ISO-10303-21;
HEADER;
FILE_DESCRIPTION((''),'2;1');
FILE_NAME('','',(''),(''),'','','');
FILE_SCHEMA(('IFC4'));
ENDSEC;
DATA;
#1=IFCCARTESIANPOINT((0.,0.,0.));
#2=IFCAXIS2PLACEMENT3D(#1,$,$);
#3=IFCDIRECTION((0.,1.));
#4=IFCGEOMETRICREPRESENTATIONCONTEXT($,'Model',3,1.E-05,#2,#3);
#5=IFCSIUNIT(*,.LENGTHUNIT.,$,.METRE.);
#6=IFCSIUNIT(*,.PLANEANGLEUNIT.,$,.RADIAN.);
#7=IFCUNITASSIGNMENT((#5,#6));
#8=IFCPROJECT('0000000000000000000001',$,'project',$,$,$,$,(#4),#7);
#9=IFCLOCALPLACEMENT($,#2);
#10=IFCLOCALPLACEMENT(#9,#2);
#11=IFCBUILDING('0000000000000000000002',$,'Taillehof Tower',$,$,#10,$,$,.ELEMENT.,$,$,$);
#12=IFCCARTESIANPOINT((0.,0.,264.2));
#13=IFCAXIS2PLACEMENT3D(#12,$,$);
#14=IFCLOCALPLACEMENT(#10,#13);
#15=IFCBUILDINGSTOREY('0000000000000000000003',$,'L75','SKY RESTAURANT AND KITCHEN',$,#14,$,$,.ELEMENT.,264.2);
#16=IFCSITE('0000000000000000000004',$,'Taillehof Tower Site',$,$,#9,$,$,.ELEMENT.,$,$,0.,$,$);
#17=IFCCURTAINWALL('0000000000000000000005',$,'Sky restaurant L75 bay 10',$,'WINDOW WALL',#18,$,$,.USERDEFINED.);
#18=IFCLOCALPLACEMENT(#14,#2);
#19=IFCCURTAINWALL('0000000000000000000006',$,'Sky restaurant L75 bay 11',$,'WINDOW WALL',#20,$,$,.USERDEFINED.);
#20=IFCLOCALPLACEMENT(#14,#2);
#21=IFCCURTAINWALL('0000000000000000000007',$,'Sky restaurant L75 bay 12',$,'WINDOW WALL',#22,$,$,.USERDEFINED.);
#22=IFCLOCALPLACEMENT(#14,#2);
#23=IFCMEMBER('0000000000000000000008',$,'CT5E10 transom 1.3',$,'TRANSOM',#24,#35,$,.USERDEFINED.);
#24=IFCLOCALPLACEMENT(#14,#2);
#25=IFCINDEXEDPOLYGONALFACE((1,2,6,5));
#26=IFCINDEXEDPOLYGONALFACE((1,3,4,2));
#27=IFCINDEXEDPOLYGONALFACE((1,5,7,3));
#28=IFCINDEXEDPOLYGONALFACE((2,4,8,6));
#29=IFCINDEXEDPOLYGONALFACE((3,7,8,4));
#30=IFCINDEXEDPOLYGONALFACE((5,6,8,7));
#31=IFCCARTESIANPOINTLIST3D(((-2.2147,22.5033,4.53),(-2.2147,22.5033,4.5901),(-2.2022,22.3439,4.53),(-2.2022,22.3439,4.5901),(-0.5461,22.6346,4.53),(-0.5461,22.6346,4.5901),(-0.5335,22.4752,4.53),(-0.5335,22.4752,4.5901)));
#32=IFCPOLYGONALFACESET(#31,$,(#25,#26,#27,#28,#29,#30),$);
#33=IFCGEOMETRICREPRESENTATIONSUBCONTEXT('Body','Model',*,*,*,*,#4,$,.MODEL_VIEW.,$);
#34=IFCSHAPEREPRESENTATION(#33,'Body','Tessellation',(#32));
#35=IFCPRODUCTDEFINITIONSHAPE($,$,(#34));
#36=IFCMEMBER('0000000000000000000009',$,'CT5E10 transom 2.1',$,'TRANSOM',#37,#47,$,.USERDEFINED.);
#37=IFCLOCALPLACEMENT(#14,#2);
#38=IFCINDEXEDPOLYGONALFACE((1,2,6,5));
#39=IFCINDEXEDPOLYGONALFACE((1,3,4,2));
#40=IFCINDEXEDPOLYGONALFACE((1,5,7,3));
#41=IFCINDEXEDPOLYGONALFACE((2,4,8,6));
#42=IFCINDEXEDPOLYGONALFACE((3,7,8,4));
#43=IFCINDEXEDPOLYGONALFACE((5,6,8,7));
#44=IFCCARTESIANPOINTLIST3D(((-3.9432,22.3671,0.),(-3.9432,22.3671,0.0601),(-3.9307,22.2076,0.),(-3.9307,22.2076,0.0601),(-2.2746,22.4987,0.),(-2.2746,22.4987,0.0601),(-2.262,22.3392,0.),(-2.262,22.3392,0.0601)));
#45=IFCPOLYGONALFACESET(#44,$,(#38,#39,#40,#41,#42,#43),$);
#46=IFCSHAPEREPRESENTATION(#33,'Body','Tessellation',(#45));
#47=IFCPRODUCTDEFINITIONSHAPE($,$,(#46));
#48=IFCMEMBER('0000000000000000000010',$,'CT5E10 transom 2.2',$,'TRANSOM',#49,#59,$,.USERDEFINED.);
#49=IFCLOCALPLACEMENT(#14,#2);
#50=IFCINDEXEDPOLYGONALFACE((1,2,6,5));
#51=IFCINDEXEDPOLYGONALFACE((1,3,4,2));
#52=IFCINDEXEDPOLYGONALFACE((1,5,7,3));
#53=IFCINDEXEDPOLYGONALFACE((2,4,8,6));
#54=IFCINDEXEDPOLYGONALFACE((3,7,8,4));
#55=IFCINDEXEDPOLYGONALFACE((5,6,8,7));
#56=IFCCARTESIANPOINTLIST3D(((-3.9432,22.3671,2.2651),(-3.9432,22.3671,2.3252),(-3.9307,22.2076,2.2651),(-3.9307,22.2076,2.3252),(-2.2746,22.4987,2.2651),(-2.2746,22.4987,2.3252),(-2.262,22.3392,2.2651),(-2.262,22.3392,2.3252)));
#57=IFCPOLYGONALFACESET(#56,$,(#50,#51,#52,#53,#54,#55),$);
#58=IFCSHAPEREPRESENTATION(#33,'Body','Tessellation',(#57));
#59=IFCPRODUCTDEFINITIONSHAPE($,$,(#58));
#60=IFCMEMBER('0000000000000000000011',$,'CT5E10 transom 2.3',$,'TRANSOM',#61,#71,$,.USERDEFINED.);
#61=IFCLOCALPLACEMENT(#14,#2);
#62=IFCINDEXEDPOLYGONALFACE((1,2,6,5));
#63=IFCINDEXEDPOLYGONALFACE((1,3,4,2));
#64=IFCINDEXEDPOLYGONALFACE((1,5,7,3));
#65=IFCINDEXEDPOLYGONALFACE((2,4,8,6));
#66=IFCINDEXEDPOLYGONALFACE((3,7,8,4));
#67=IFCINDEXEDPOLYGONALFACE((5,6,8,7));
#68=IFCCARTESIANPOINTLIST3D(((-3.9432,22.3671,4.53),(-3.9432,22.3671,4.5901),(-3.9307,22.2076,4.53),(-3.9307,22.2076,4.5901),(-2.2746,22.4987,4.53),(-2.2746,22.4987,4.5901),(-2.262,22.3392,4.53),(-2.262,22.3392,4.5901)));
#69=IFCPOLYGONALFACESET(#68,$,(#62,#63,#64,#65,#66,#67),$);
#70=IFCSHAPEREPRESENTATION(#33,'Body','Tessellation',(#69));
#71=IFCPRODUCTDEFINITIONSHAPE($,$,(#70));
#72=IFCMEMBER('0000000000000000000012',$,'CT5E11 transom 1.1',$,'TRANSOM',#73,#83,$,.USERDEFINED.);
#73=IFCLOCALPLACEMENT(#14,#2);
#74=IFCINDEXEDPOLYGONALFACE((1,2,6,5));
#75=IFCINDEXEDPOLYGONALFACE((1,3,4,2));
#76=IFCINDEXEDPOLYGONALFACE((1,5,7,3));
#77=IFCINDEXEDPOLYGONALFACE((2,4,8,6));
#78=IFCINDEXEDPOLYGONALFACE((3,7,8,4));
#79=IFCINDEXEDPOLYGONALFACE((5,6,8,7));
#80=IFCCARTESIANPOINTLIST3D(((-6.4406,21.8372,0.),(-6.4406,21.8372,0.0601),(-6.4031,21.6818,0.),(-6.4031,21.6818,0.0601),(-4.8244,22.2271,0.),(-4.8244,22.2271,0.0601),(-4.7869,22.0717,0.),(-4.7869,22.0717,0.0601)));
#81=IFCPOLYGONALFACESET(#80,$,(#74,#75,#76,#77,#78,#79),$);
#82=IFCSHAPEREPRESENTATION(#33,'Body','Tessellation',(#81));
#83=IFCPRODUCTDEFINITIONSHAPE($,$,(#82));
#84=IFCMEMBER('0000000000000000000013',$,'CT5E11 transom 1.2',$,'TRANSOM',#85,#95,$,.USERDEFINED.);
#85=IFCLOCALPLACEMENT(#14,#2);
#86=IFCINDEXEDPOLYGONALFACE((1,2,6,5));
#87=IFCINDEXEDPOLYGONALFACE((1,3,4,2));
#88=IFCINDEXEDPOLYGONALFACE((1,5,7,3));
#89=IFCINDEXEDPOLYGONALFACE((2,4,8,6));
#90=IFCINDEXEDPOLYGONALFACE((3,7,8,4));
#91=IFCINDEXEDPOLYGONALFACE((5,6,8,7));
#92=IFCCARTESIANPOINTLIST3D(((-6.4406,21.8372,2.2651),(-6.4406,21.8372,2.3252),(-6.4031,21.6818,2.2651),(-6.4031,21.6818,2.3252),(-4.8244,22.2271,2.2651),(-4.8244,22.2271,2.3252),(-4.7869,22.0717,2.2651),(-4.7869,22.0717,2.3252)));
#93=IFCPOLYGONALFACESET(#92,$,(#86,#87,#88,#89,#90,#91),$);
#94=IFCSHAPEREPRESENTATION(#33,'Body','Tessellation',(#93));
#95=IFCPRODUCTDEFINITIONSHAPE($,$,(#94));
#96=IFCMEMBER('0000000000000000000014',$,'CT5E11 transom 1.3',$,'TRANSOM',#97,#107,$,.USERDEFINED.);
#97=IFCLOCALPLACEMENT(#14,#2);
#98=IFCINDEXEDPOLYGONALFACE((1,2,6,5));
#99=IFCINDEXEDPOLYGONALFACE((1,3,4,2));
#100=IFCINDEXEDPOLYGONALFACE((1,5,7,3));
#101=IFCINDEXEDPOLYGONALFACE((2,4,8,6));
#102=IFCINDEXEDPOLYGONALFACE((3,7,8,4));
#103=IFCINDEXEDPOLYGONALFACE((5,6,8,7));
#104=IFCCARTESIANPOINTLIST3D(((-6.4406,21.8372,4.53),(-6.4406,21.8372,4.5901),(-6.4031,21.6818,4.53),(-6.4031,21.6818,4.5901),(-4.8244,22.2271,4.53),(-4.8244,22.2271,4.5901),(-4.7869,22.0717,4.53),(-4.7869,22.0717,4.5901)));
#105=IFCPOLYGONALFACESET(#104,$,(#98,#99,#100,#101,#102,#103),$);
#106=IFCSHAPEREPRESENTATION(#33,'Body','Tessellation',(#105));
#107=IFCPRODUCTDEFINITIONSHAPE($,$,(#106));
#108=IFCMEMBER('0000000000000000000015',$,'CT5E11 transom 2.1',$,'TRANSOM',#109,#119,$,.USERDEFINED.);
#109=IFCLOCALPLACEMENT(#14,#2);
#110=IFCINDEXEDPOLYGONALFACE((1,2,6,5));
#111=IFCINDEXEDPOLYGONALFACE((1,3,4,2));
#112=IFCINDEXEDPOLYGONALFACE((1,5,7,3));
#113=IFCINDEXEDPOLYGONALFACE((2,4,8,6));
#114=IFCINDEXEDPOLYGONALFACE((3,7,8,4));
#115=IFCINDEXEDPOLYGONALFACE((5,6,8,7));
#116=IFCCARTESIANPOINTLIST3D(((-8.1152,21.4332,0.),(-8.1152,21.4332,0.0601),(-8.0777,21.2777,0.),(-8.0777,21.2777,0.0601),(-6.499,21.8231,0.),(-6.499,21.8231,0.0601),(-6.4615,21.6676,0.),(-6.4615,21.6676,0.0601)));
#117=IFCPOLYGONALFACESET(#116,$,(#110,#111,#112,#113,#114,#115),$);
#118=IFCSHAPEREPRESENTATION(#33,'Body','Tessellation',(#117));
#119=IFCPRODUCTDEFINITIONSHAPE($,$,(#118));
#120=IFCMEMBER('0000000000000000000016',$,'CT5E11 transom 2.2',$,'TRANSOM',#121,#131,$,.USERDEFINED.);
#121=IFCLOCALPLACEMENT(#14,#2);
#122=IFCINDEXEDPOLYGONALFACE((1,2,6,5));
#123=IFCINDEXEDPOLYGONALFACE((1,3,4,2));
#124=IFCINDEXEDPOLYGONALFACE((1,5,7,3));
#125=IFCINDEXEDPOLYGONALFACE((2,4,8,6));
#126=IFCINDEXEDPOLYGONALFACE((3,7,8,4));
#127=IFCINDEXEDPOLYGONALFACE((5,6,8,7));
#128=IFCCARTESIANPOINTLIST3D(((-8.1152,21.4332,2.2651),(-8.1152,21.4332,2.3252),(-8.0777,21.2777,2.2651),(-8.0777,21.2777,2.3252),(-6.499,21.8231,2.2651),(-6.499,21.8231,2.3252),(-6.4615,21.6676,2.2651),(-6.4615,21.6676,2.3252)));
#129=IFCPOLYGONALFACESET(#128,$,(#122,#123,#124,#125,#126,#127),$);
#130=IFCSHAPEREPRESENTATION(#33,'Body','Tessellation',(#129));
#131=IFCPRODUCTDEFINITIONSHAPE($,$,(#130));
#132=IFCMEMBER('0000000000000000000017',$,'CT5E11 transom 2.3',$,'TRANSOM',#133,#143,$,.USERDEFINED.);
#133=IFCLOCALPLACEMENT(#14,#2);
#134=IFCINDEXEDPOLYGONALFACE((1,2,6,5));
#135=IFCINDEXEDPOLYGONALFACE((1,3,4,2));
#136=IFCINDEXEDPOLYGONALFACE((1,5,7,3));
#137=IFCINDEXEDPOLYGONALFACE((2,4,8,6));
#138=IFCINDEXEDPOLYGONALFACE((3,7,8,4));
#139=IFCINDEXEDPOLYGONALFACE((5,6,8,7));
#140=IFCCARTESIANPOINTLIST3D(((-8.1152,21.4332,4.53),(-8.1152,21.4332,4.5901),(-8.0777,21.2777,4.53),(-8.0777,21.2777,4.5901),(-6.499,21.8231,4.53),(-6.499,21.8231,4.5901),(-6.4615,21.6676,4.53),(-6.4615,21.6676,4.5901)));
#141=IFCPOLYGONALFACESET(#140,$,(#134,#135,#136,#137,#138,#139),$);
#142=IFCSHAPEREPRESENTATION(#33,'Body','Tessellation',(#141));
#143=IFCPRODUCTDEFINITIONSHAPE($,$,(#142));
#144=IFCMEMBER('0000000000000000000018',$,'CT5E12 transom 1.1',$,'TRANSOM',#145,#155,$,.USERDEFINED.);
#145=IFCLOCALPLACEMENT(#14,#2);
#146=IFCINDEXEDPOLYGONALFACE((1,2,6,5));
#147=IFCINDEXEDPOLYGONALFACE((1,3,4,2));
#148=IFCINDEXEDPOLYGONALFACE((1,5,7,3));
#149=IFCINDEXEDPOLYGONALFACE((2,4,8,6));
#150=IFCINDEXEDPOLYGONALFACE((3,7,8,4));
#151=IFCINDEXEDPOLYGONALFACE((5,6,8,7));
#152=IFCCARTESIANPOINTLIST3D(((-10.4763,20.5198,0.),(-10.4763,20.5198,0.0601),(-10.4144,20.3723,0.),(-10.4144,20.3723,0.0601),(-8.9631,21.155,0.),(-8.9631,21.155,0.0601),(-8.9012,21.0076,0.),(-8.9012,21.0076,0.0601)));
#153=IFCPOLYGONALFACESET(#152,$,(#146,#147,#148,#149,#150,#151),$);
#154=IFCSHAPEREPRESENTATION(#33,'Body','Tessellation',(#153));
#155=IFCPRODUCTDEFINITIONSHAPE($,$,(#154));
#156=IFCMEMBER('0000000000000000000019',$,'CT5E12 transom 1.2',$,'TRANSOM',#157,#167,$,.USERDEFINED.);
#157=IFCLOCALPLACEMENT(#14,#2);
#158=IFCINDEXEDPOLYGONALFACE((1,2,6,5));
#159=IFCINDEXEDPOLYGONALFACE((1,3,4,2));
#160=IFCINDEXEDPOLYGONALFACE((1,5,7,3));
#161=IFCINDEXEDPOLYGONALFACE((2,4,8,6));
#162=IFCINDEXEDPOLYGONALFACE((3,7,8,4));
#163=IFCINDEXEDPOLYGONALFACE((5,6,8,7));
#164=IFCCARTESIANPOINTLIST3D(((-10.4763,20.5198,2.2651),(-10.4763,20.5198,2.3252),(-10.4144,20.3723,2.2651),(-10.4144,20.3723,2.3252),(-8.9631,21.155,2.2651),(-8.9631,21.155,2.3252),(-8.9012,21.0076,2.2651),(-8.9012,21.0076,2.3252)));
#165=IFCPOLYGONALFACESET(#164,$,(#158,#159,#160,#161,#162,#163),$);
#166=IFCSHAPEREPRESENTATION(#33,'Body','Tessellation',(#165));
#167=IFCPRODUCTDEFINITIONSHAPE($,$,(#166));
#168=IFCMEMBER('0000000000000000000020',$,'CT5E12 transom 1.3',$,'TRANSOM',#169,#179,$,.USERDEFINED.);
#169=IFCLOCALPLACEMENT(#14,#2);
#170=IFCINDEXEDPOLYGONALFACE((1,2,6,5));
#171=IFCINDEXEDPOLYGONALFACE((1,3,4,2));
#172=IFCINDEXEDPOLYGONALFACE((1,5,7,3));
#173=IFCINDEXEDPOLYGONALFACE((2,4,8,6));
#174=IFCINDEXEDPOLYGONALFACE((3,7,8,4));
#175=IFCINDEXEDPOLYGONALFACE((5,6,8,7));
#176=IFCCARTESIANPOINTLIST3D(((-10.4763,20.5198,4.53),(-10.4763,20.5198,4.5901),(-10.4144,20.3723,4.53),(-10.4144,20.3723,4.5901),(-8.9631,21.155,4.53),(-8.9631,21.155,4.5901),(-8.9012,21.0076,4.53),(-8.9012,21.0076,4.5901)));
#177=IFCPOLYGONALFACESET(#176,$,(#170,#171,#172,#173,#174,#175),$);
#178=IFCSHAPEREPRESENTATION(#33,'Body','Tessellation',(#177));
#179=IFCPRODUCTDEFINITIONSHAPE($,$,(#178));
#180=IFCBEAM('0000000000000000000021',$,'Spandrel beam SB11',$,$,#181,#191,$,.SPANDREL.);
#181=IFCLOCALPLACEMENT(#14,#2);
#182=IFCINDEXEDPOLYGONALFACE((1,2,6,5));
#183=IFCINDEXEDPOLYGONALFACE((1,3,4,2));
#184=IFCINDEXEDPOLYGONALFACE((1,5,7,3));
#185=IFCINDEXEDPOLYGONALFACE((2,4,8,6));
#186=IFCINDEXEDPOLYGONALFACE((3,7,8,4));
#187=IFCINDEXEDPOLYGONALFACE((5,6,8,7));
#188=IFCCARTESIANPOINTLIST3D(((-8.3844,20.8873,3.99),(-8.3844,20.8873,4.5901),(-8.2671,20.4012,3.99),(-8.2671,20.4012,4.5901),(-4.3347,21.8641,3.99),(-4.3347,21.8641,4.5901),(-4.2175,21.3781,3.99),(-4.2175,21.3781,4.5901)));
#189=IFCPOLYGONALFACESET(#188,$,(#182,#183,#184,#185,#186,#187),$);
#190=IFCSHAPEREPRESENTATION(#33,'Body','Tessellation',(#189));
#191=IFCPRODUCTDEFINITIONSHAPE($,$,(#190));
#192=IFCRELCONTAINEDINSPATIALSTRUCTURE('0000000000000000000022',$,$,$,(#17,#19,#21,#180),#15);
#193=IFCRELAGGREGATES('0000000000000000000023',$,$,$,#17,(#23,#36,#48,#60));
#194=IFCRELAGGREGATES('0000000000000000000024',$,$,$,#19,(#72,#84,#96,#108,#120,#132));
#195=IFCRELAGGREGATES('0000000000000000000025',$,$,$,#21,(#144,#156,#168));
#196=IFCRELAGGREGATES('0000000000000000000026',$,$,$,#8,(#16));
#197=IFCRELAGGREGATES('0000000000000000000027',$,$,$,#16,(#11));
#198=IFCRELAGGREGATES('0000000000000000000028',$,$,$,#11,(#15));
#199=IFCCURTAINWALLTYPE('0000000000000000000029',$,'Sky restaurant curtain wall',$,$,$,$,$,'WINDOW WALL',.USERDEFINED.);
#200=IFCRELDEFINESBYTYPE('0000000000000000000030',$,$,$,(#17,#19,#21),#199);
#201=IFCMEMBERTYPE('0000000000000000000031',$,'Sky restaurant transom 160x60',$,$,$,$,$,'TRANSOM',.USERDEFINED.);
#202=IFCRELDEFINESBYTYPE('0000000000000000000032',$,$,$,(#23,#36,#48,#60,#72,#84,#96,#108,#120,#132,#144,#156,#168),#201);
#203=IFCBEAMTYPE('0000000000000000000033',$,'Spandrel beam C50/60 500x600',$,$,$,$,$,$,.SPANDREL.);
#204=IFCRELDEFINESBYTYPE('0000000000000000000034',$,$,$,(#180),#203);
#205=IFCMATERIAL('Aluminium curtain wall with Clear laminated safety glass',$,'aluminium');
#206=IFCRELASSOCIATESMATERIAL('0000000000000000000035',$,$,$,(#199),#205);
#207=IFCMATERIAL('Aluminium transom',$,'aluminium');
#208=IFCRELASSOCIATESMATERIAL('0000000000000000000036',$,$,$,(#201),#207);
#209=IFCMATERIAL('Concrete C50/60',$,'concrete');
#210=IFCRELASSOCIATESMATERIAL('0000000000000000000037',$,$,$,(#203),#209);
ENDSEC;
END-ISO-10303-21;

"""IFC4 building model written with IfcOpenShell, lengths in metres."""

from ifc_helpers import new_model, si_unit, direction, frame, origin, origin_2d, place, context, subcontext, project, spatial, rectangle, extrude, material, material_profile, profile_set, type_object, element, aggregate, save


model = new_model("IFC4")

# Units and contexts
model_context = context("Model", 3, precision=1e-05, world=origin(), true_north=direction((0.0, 1.0)))
body_context = subcontext(model_context, "Body", "Model", "MODEL_VIEW")
ifc_project = project(units=[si_unit("LENGTHUNIT", "METRE"), si_unit("PLANEANGLEUNIT", "RADIAN")], contexts=[model_context])

# Site, building, storey
site_placement = place(None, origin())
site = spatial("IfcSite", under=ifc_project, at=site_placement, Name="Taillehof Tower Site", CompositionType="ELEMENT", RefElevation=0.0)
building_placement = place(site_placement, origin())
building = spatial("IfcBuilding", under=site, at=building_placement, Name="Taillehof Tower", CompositionType="ELEMENT")
storey_placement = place(building_placement, frame((0.0, 0.0, 264.2)))
storey = spatial("IfcBuildingStorey", under=building, at=storey_placement, Name="L75", Description="SKY RESTAURANT AND KITCHEN", CompositionType="ELEMENT", Elevation=264.2)

# Curtain walls
ifc_material_1 = material(Name="Aluminium curtain wall with Clear laminated safety glass", Category="aluminium")
curtain_wall_type = type_object("IfcCurtainWallType", Name="Sky restaurant curtain wall", ElementType="WINDOW WALL", PredefinedType="USERDEFINED", material=ifc_material_1)
curtain_wall_1_placement = place(storey_placement, origin())
curtain_wall_1 = element("IfcCurtainWall", 1, at=curtain_wall_1_placement, inside=storey, type_object=curtain_wall_type, Name="Sky restaurant L75 bay 10", ObjectType="WINDOW WALL", PredefinedType="USERDEFINED")
curtain_wall_2_placement = place(storey_placement, origin())
curtain_wall_2 = element("IfcCurtainWall", 2, at=curtain_wall_2_placement, inside=storey, type_object=curtain_wall_type, Name="Sky restaurant L75 bay 11", ObjectType="WINDOW WALL", PredefinedType="USERDEFINED")
curtain_wall_3_placement = place(storey_placement, origin())
curtain_wall_3 = element("IfcCurtainWall", 3, at=curtain_wall_3_placement, inside=storey, type_object=curtain_wall_type, Name="Sky restaurant L75 bay 12", ObjectType="WINDOW WALL", PredefinedType="USERDEFINED")

# Members
ifc_material_2 = material(Name="Aluminium transom", Category="aluminium")
ifc_material_profile_1 = material_profile(ifc_material_2, rectangle(XDim=0.1599, YDim=0.0601, at=origin_2d()), Name="AL 160x60")
ifc_profile_set_1 = profile_set([ifc_material_profile_1], Name="Aluminium transom")
member_type_1 = type_object("IfcMemberType", Name="Sky restaurant transom 160x60", ElementType="TRANSOM", PredefinedType="USERDEFINED", material=ifc_profile_set_1)
member_1_placement = place(storey_placement, frame((-0.5398, 22.5549, 4.5601), z_axis=(-0.996916, -0.07847, 0.0), x_axis=(0.07847, -0.996916, 0.0)))
member_1 = element("IfcMember", 4, at=member_1_placement, type_object=member_type_1, Name="CT5E10 transom 1.3", ObjectType="TRANSOM", PredefinedType="USERDEFINED", context=body_context, shape_type="SweptSolid", body=[
    extrude(rectangle(XDim=0.1599, YDim=0.0601, at=origin_2d()), origin(), (0.0, 0.0, 1.0), 1.6738),
])
member_2_placement = place(storey_placement, frame((-2.2683, 22.4189, 0.03), z_axis=(-0.996905, -0.078615, 0.0), x_axis=(0.078615, -0.996905, 0.0)))
member_2 = element("IfcMember", 5, at=member_2_placement, type_object=member_type_1, Name="CT5E10 transom 2.1", ObjectType="TRANSOM", PredefinedType="USERDEFINED", context=body_context, shape_type="SweptSolid", body=[
    extrude(rectangle(XDim=0.1599, YDim=0.0601, at=origin_2d()), origin(), (0.0, 0.0, 1.0), 1.6738),
])
member_3_placement = place(storey_placement, frame((-2.2683, 22.4189, 2.2952), z_axis=(-0.996905, -0.078615, 0.0), x_axis=(0.078615, -0.996905, 0.0)))
member_3 = element("IfcMember", 6, at=member_3_placement, type_object=member_type_1, Name="CT5E10 transom 2.2", ObjectType="TRANSOM", PredefinedType="USERDEFINED", context=body_context, shape_type="SweptSolid", body=[
    extrude(rectangle(XDim=0.1599, YDim=0.0601, at=origin_2d()), origin(), (0.0, 0.0, 1.0), 1.6738),
])
member_4_placement = place(storey_placement, frame((-2.2683, 22.4189, 4.5601), z_axis=(-0.996905, -0.078615, 0.0), x_axis=(0.078615, -0.996905, 0.0)))
member_4 = element("IfcMember", 7, at=member_4_placement, type_object=member_type_1, Name="CT5E10 transom 2.3", ObjectType="TRANSOM", PredefinedType="USERDEFINED", context=body_context, shape_type="SweptSolid", body=[
    extrude(rectangle(XDim=0.1599, YDim=0.0601, at=origin_2d()), origin(), (0.0, 0.0, 1.0), 1.6738),
])
member_5_placement = place(storey_placement, frame((-4.8057, 22.1494, 0.03), z_axis=(-0.972113, -0.234511, 0.0), x_axis=(0.234511, -0.972113, 0.0)))
member_5 = element("IfcMember", 8, at=member_5_placement, type_object=member_type_1, Name="CT5E11 transom 1.1", ObjectType="TRANSOM", PredefinedType="USERDEFINED", context=body_context, shape_type="SweptSolid", body=[
    extrude(rectangle(XDim=0.1599, YDim=0.0601, at=origin_2d()), origin(), (0.0, 0.0, 1.0), 1.6626),
])
member_6_placement = place(storey_placement, frame((-4.8057, 22.1494, 2.2952), z_axis=(-0.972113, -0.234511, 0.0), x_axis=(0.234511, -0.972113, 0.0)))
member_6 = element("IfcMember", 9, at=member_6_placement, type_object=member_type_1, Name="CT5E11 transom 1.2", ObjectType="TRANSOM", PredefinedType="USERDEFINED", context=body_context, shape_type="SweptSolid", body=[
    extrude(rectangle(XDim=0.1599, YDim=0.0601, at=origin_2d()), origin(), (0.0, 0.0, 1.0), 1.6626),
])
member_7_placement = place(storey_placement, frame((-4.8057, 22.1494, 4.5601), z_axis=(-0.972113, -0.234511, 0.0), x_axis=(0.234511, -0.972113, 0.0)))
member_7 = element("IfcMember", 10, at=member_7_placement, type_object=member_type_1, Name="CT5E11 transom 1.3", ObjectType="TRANSOM", PredefinedType="USERDEFINED", context=body_context, shape_type="SweptSolid", body=[
    extrude(rectangle(XDim=0.1599, YDim=0.0601, at=origin_2d()), origin(), (0.0, 0.0, 1.0), 1.6626),
])
member_8_placement = place(storey_placement, frame((-6.4802, 21.7454, 0.03), z_axis=(-0.972113, -0.234511, 0.0), x_axis=(0.234511, -0.972113, 0.0)))
member_8 = element("IfcMember", 11, at=member_8_placement, type_object=member_type_1, Name="CT5E11 transom 2.1", ObjectType="TRANSOM", PredefinedType="USERDEFINED", context=body_context, shape_type="SweptSolid", body=[
    extrude(rectangle(XDim=0.1599, YDim=0.0601, at=origin_2d()), origin(), (0.0, 0.0, 1.0), 1.6626),
])
member_9_placement = place(storey_placement, frame((-6.4802, 21.7454, 2.2952), z_axis=(-0.972113, -0.234511, 0.0), x_axis=(0.234511, -0.972113, 0.0)))
member_9 = element("IfcMember", 12, at=member_9_placement, type_object=member_type_1, Name="CT5E11 transom 2.2", ObjectType="TRANSOM", PredefinedType="USERDEFINED", context=body_context, shape_type="SweptSolid", body=[
    extrude(rectangle(XDim=0.1599, YDim=0.0601, at=origin_2d()), origin(), (0.0, 0.0, 1.0), 1.6626),
])
member_10_placement = place(storey_placement, frame((-6.4802, 21.7454, 4.5601), z_axis=(-0.972113, -0.234511, 0.0), x_axis=(0.234511, -0.972113, 0.0)))
member_10 = element("IfcMember", 13, at=member_10_placement, type_object=member_type_1, Name="CT5E11 transom 2.3", ObjectType="TRANSOM", PredefinedType="USERDEFINED", context=body_context, shape_type="SweptSolid", body=[
    extrude(rectangle(XDim=0.1599, YDim=0.0601, at=origin_2d()), origin(), (0.0, 0.0, 1.0), 1.6626),
])
member_11_placement = place(storey_placement, frame((-8.9321, 21.0813, 0.03), z_axis=(-0.922044, -0.387086, 0.0), x_axis=(0.387086, -0.922044, 0.0)))
member_11 = element("IfcMember", 14, at=member_11_placement, type_object=member_type_1, Name="CT5E12 transom 1.1", ObjectType="TRANSOM", PredefinedType="USERDEFINED", context=body_context, shape_type="SweptSolid", body=[
    extrude(rectangle(XDim=0.1599, YDim=0.0601, at=origin_2d()), origin(), (0.0, 0.0, 1.0), 1.6411),
])
member_12_placement = place(storey_placement, frame((-8.9321, 21.0813, 2.2952), z_axis=(-0.922044, -0.387086, 0.0), x_axis=(0.387086, -0.922044, 0.0)))
member_12 = element("IfcMember", 15, at=member_12_placement, type_object=member_type_1, Name="CT5E12 transom 1.2", ObjectType="TRANSOM", PredefinedType="USERDEFINED", context=body_context, shape_type="SweptSolid", body=[
    extrude(rectangle(XDim=0.1599, YDim=0.0601, at=origin_2d()), origin(), (0.0, 0.0, 1.0), 1.6411),
])
member_13_placement = place(storey_placement, frame((-8.9321, 21.0813, 4.5601), z_axis=(-0.922044, -0.387086, 0.0), x_axis=(0.387086, -0.922044, 0.0)))
member_13 = element("IfcMember", 16, at=member_13_placement, type_object=member_type_1, Name="CT5E12 transom 1.3", ObjectType="TRANSOM", PredefinedType="USERDEFINED", context=body_context, shape_type="SweptSolid", body=[
    extrude(rectangle(XDim=0.1599, YDim=0.0601, at=origin_2d()), origin(), (0.0, 0.0, 1.0), 1.6411),
])

# Beam
ifc_material_3 = material(Name="Concrete C50/60", Category="concrete")
ifc_material_profile_2 = material_profile(ifc_material_3, rectangle(XDim=0.5, YDim=0.6001, at=origin_2d()), Name="RC 500x600")
ifc_profile_set_2 = profile_set([ifc_material_profile_2], Name="Concrete C50/60")
beam_type_1 = type_object("IfcBeamType", Name="Spandrel beam C50/60 500x600", PredefinedType="SPANDREL", material=ifc_profile_set_2)
beam_1_placement = place(storey_placement, frame((-4.2761, 21.6211, 4.29), z_axis=(-0.972119, -0.234488, 0.0), x_axis=(0.234488, -0.972119, 0.0)))
element("IfcBeam", 17, at=beam_1_placement, inside=storey, type_object=beam_type_1, Name="Spandrel beam SB11", PredefinedType="SPANDREL", context=body_context, shape_type="SweptSolid", body=[
    extrude(rectangle(XDim=0.5, YDim=0.6001, at=origin_2d()), origin(), (0.0, 0.0, 1.0), 4.1658),
])

aggregate(curtain_wall_1, [member_1, member_2, member_3, member_4])
aggregate(curtain_wall_2, [member_5, member_6, member_7, member_8, member_9, member_10])
aggregate(curtain_wall_3, [member_11, member_12, member_13])

save(model, "model.ifc")
